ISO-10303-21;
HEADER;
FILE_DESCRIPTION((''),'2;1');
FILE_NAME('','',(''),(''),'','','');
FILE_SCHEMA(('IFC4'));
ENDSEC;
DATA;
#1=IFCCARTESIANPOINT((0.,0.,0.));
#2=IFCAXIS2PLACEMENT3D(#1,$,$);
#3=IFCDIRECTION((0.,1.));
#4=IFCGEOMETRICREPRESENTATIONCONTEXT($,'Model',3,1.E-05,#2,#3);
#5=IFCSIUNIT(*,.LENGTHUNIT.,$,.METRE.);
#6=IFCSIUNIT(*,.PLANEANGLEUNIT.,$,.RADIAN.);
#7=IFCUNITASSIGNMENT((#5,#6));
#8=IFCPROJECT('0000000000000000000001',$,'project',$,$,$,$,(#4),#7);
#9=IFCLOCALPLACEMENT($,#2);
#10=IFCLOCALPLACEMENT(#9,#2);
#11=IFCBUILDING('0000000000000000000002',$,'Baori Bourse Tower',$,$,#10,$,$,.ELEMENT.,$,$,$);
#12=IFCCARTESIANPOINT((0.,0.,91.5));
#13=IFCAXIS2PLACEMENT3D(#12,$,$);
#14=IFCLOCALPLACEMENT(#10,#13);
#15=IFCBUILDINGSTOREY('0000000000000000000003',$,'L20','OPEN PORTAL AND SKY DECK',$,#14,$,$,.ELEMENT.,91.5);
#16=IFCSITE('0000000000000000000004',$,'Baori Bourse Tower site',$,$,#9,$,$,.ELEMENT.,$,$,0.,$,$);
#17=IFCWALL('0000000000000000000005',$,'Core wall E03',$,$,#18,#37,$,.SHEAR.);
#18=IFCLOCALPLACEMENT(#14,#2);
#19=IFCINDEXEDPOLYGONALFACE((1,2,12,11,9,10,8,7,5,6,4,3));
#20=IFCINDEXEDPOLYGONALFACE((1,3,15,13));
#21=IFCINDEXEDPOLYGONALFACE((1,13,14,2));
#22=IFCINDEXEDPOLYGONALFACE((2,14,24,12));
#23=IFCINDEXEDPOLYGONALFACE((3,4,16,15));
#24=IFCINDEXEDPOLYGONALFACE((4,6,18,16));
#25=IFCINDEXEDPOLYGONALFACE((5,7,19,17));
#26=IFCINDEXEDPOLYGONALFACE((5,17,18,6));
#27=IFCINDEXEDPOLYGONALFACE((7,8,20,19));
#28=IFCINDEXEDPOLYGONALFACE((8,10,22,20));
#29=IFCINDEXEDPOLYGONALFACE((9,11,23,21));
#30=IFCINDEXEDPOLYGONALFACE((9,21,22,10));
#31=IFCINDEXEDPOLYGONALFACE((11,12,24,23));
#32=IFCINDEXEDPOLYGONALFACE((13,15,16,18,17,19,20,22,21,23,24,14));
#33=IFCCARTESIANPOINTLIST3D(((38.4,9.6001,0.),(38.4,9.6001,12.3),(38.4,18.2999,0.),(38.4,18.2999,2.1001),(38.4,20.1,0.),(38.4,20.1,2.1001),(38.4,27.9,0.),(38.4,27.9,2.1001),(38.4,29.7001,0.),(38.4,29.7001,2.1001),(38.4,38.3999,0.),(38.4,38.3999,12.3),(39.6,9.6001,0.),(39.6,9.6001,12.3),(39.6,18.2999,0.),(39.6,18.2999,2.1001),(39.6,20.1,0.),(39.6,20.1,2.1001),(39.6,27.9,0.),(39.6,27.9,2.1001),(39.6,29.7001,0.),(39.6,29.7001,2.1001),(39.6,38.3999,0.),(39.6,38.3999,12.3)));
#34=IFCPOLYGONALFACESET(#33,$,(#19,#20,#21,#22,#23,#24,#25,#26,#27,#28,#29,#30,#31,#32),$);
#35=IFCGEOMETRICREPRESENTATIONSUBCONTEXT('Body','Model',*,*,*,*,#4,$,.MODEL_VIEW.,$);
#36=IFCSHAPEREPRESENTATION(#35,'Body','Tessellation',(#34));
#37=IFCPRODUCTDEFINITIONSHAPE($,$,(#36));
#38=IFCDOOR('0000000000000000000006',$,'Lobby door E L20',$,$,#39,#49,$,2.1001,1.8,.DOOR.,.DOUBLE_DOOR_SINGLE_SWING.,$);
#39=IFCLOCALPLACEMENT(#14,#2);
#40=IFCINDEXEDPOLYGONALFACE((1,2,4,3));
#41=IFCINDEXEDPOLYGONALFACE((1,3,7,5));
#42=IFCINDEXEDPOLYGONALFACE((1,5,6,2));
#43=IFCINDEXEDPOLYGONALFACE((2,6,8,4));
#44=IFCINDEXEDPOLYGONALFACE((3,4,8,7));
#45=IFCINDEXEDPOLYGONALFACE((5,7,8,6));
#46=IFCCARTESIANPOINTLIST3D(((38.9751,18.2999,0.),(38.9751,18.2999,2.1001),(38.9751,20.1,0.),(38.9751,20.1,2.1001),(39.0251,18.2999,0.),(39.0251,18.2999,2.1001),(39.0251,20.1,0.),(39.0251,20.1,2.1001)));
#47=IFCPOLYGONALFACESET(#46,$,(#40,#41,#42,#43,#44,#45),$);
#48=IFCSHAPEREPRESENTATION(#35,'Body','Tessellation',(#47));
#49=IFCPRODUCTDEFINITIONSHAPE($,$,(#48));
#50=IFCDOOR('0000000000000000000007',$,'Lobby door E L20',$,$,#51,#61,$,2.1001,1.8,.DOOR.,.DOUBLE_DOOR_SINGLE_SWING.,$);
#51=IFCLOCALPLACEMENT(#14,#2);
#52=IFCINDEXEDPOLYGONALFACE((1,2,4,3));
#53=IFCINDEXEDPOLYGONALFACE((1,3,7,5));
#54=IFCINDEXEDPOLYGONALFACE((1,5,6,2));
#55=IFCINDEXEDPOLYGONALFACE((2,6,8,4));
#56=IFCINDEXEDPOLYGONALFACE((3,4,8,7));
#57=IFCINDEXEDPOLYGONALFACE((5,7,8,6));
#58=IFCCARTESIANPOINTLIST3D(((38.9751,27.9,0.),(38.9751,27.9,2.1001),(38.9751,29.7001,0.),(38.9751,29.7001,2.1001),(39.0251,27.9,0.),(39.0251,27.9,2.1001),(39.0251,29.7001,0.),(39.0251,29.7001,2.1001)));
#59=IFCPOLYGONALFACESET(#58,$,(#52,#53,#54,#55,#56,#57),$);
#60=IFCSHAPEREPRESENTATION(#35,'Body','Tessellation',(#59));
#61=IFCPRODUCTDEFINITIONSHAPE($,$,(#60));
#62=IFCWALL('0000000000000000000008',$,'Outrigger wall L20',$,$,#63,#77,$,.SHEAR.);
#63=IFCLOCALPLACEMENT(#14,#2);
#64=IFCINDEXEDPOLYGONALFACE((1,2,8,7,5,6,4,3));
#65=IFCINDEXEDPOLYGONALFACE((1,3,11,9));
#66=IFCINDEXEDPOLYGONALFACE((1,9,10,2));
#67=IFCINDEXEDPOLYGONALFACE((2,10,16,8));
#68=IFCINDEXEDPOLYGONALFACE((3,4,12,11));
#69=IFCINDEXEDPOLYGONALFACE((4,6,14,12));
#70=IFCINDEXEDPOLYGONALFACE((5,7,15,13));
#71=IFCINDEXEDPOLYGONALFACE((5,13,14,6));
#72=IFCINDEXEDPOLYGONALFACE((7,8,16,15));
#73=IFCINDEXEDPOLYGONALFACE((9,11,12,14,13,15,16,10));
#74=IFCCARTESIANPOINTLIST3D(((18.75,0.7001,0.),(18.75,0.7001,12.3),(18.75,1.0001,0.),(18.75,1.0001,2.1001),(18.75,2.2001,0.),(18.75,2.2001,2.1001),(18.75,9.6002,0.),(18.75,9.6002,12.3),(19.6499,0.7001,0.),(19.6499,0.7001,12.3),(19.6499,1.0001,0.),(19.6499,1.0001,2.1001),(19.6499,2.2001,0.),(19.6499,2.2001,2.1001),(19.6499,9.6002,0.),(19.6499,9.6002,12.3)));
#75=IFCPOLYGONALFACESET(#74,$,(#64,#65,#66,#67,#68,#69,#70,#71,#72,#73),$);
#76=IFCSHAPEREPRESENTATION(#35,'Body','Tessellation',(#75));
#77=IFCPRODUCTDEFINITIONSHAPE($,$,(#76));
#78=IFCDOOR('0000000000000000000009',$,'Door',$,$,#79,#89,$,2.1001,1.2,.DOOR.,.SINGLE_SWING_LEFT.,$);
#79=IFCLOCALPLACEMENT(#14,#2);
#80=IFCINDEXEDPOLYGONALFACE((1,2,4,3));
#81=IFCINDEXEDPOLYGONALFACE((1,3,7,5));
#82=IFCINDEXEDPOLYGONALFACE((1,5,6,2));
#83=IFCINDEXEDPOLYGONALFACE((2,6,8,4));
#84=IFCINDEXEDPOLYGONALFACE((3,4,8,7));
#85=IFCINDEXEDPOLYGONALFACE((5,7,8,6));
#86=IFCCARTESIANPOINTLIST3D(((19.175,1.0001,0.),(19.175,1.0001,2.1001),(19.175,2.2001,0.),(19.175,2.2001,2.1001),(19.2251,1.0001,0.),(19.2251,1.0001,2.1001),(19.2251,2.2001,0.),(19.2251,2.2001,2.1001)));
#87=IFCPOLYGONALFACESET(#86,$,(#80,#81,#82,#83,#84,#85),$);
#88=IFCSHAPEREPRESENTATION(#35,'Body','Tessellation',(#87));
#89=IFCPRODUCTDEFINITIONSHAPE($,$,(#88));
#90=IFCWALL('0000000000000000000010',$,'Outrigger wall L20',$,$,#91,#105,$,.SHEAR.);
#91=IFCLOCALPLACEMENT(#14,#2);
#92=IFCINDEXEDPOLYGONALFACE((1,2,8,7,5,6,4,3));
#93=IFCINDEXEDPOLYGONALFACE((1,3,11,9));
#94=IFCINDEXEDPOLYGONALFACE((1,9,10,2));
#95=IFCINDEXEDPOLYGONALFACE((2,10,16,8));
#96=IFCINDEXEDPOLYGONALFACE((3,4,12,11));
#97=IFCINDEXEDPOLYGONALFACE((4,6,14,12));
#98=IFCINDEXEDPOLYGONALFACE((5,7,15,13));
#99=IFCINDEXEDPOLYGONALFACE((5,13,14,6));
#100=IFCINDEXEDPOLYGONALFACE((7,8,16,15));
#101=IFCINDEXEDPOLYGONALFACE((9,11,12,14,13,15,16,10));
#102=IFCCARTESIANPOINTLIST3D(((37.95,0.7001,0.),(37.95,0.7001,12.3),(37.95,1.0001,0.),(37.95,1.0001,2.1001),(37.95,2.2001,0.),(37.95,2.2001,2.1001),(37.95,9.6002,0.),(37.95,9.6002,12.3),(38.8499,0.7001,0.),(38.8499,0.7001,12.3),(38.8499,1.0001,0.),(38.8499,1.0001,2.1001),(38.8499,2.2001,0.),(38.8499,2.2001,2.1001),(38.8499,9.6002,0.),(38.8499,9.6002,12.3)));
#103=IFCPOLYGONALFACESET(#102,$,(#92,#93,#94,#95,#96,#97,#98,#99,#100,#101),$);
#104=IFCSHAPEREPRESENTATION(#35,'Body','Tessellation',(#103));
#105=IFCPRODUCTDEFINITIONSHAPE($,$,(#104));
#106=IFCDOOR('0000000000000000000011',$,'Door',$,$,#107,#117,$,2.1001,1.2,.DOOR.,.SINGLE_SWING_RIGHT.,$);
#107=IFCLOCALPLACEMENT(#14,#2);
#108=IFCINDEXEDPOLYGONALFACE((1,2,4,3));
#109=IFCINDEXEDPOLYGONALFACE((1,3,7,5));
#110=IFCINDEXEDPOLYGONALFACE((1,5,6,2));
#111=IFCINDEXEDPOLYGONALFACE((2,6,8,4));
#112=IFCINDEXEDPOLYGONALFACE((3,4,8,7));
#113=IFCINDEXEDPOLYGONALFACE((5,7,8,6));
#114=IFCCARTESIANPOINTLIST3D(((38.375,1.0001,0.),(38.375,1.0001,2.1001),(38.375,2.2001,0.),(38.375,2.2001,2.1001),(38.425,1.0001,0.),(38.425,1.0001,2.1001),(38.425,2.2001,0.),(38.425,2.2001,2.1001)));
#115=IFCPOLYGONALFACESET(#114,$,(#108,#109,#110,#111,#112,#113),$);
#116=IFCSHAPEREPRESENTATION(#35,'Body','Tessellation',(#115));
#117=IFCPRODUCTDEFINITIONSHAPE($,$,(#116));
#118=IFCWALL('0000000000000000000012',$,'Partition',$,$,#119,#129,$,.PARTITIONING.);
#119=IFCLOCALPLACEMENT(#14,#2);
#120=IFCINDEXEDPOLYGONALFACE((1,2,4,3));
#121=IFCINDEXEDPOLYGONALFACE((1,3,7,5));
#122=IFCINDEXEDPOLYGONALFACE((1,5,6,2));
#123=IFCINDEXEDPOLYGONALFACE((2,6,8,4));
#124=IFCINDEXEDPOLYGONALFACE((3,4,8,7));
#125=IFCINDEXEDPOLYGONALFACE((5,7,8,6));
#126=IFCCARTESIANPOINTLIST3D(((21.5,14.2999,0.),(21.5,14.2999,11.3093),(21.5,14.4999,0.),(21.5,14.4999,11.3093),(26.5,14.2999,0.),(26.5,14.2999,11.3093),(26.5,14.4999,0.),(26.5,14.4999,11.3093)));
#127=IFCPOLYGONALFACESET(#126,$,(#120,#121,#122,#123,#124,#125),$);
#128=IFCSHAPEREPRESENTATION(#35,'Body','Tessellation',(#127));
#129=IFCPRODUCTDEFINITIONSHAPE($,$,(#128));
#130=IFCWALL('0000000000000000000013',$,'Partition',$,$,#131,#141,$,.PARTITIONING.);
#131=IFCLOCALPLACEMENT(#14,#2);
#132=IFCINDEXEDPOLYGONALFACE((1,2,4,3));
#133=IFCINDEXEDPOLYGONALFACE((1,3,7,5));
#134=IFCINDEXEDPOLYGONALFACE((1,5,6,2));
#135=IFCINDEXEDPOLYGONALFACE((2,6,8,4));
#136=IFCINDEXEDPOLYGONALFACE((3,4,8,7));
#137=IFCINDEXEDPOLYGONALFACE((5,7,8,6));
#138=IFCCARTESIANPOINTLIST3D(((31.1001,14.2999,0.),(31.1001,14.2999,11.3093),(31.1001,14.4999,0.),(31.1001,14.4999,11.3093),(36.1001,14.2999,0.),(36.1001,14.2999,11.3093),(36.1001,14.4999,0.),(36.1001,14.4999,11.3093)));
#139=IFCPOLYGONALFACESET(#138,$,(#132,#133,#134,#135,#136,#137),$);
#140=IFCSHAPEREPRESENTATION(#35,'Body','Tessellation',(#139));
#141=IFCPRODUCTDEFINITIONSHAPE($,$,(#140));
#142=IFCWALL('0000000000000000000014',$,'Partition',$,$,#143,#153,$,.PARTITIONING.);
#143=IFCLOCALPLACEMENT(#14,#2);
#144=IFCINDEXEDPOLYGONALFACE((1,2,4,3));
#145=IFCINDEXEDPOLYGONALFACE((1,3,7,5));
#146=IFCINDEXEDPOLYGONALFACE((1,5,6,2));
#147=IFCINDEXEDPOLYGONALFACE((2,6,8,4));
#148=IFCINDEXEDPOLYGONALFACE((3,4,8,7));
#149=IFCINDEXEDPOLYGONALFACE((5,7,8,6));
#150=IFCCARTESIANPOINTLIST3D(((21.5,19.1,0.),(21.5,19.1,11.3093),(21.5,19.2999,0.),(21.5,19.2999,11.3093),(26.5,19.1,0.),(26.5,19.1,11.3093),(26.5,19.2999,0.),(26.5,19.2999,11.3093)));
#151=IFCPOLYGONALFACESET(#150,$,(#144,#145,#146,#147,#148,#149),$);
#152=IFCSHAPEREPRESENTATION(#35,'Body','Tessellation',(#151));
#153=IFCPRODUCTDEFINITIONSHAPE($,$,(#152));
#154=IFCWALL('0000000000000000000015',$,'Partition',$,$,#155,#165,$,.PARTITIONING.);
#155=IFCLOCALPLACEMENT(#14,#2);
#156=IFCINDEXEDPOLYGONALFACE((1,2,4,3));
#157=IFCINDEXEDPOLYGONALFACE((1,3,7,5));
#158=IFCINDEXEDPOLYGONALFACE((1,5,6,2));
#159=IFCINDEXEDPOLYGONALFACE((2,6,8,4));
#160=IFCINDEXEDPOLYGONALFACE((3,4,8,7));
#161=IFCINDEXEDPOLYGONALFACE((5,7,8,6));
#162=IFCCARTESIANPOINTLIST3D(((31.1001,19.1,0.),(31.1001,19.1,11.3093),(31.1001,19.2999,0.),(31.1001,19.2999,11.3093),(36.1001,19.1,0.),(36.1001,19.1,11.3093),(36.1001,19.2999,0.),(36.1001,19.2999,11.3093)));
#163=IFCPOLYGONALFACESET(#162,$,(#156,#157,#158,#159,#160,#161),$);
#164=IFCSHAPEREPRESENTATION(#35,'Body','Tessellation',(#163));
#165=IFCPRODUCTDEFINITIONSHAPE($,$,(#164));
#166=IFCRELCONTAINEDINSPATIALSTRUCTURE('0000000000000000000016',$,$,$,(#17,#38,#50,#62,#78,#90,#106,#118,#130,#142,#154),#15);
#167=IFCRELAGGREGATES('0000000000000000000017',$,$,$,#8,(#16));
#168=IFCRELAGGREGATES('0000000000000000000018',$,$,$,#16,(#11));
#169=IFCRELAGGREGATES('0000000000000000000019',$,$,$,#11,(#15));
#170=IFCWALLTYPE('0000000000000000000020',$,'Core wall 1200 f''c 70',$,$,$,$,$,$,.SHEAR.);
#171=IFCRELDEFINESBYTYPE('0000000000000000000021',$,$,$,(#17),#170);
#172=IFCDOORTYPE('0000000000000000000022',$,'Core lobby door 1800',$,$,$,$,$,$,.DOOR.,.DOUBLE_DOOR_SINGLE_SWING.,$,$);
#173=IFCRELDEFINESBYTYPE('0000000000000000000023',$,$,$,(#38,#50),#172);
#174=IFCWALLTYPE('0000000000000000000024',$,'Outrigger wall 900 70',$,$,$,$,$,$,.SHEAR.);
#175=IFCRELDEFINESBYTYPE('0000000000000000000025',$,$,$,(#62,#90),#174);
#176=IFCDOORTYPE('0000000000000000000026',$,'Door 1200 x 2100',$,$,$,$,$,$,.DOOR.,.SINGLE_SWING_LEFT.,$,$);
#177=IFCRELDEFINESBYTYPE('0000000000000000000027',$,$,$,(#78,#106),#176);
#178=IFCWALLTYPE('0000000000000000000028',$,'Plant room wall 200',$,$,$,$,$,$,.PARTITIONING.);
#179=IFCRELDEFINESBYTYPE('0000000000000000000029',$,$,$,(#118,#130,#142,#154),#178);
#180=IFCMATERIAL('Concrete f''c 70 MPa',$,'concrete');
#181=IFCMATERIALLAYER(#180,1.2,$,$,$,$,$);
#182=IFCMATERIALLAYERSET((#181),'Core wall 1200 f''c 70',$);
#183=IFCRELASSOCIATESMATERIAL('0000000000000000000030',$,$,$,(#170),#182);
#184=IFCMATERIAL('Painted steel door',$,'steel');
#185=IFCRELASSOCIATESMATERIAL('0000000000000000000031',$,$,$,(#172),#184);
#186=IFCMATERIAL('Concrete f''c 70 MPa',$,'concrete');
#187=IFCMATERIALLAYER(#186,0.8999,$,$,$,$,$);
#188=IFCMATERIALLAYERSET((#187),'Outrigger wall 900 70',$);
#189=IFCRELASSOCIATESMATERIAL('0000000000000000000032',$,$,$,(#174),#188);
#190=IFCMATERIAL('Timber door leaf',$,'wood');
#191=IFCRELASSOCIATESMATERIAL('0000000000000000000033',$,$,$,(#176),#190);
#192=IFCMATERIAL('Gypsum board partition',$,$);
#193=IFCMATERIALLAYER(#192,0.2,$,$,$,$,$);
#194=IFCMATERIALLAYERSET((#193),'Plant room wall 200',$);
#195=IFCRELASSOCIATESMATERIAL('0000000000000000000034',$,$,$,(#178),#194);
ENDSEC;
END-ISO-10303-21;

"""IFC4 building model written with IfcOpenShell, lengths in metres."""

from ifc_helpers import new_model, si_unit, direction, frame, frame_2d, origin, place, context, subcontext, project, spatial, rectangle, extrude, material, layer, layer_set, type_object, element, fill, save


model = new_model("IFC4")

# Units and contexts
model_context = context("Model", 3, precision=1e-05, world=origin(), true_north=direction((0.0, 1.0)))
body_context = subcontext(model_context, "Body", "Model", "MODEL_VIEW")
ifc_project = project(units=[si_unit("LENGTHUNIT", "METRE"), si_unit("PLANEANGLEUNIT", "RADIAN")], contexts=[model_context])

# Site, building, storey
site_placement = place(None, origin())
site = spatial("IfcSite", under=ifc_project, at=site_placement, Name="Baori Bourse Tower site", CompositionType="ELEMENT", RefElevation=0.0)
building_placement = place(site_placement, origin())
building = spatial("IfcBuilding", under=site, at=building_placement, Name="Baori Bourse Tower", CompositionType="ELEMENT")
storey_placement = place(building_placement, frame((0.0, 0.0, 91.5)))
storey = spatial("IfcBuildingStorey", under=building, at=storey_placement, Name="L20", Description="OPEN PORTAL AND SKY DECK", CompositionType="ELEMENT", Elevation=91.5)

# Shared definitions
ifc_material_1 = material(Name="Concrete f'c 70 MPa", Category="concrete")
ifc_layer_1 = layer(ifc_material_1, 1.2)
ifc_layer_set_1 = layer_set([ifc_layer_1], Name="Core wall 1200 f'c 70")
wall_type_1 = type_object("IfcWallType", Name="Core wall 1200 f'c 70", PredefinedType="SHEAR", material=ifc_layer_set_1)

# Wall, openings, doors
wall_1_placement = place(storey_placement, frame((39.0, 9.6001, 0.0), z_axis=(0.0, 0.0, 1.0), x_axis=(0.0, 1.0, 0.0)))
wall_1 = element("IfcWall", 1, at=wall_1_placement, inside=storey, type_object=wall_type_1, Name="Core wall E03", PredefinedType="SHEAR", context=body_context, shape_type="SweptSolid", body=[
    extrude(rectangle(XDim=28.7998, YDim=1.2, at=frame_2d((14.3999, 0.0))), origin(), (0.0, 0.0, 1.0), 12.3),
])
opening_1_placement = place(wall_1_placement, frame((8.7, 0.0, 0.0)))
opening_1 = element("IfcOpeningElement", 2, at=opening_1_placement, cuts=wall_1, PredefinedType="OPENING", context=body_context, shape_type="SweptSolid", body=[
    extrude(rectangle(XDim=1.8, YDim=2.1001, at=frame_2d((0.8999, 1.05))), frame((0.0, 0.6099, 0.0), z_axis=(0.0, -1.0, 0.0), x_axis=(1.0, 0.0, 0.0)), (0.0, 0.0, 1.0), 1.22),
])
opening_2_placement = place(wall_1_placement, frame((18.3, 0.0, 0.0)))
opening_2 = element("IfcOpeningElement", 3, at=opening_2_placement, cuts=wall_1, PredefinedType="OPENING", context=body_context, shape_type="SweptSolid", body=[
    extrude(rectangle(XDim=1.8, YDim=2.1001, at=frame_2d((0.8999, 1.05))), frame((0.0, 0.6099, 0.0), z_axis=(0.0, -1.0, 0.0), x_axis=(1.0, 0.0, 0.0)), (0.0, 0.0, 1.0), 1.22),
])
ifc_material_2 = material(Name="Painted steel door", Category="steel")
door_type_1 = type_object("IfcDoorType", Name="Core lobby door 1800", OperationType="DOUBLE_DOOR_SINGLE_SWING", PredefinedType="DOOR", material=ifc_material_2)
door_1_placement = place(opening_1_placement, origin())
door_1 = element("IfcDoor", 4, at=door_1_placement, inside=storey, type_object=door_type_1, Name="Lobby door E L20", OperationType="DOUBLE_DOOR_SINGLE_SWING", OverallHeight=2.1001, OverallWidth=1.8, PredefinedType="DOOR", context=body_context, shape_type="SweptSolid", body=[
    extrude(rectangle(XDim=1.8, YDim=2.1001, at=frame_2d((0.8999, 1.05))), frame((0.0, 0.0249, 0.0), z_axis=(0.0, -1.0, 0.0), x_axis=(1.0, 0.0, 0.0)), (0.0, 0.0, 1.0), 0.05),
])
fill(opening_1, door_1)
door_2_placement = place(opening_2_placement, origin())
door_2 = element("IfcDoor", 5, at=door_2_placement, inside=storey, type_object=door_type_1, Name="Lobby door E L20", OperationType="DOUBLE_DOOR_SINGLE_SWING", OverallHeight=2.1001, OverallWidth=1.8, PredefinedType="DOOR", context=body_context, shape_type="SweptSolid", body=[
    extrude(rectangle(XDim=1.8, YDim=2.1001, at=frame_2d((0.8999, 1.05))), frame((0.0, 0.0249, 0.0), z_axis=(0.0, -1.0, 0.0), x_axis=(1.0, 0.0, 0.0)), (0.0, 0.0, 1.0), 0.05),
])
fill(opening_2, door_2)

# Walls, openings, doors
ifc_material_3 = material(Name="Concrete f'c 70 MPa", Category="concrete")
ifc_layer_2 = layer(ifc_material_3, 0.8999)
ifc_layer_set_2 = layer_set([ifc_layer_2], Name="Outrigger wall 900 70")
wall_type_2 = type_object("IfcWallType", Name="Outrigger wall 900 70", PredefinedType="SHEAR", material=ifc_layer_set_2)
wall_2_placement = place(storey_placement, frame((19.2, 0.7, 0.0), z_axis=(0.0, 0.0, 1.0), x_axis=(0.0, 1.0, 0.0)))
wall_2 = element("IfcWall", 6, at=wall_2_placement, inside=storey, type_object=wall_type_2, Name="Outrigger wall L20", PredefinedType="SHEAR", context=body_context, shape_type="SweptSolid", body=[
    extrude(rectangle(XDim=8.9001, YDim=0.8999, at=frame_2d((4.4502, 0.0))), origin(), (0.0, 0.0, 1.0), 12.3),
])
opening_3_placement = place(wall_2_placement, frame((0.3, 0.0, 0.0)))
opening_3 = element("IfcOpeningElement", 7, at=opening_3_placement, cuts=wall_2, PredefinedType="OPENING", context=body_context, shape_type="SweptSolid", body=[
    extrude(rectangle(XDim=1.2, YDim=2.1001, at=frame_2d((0.6001, 1.05))), frame((0.0, 0.46, 0.0), z_axis=(0.0, -1.0, 0.0), x_axis=(1.0, 0.0, 0.0)), (0.0, 0.0, 1.0), 0.9199),
])
ifc_material_4 = material(Name="Timber door leaf", Category="wood")
door_type_2 = type_object("IfcDoorType", Name="Door 1200 x 2100", OperationType="SINGLE_SWING_LEFT", PredefinedType="DOOR", material=ifc_material_4)
door_3_placement = place(opening_3_placement, origin())
door_3 = element("IfcDoor", 8, at=door_3_placement, inside=storey, type_object=door_type_2, Name="Door", OperationType="SINGLE_SWING_LEFT", OverallHeight=2.1001, OverallWidth=1.2, PredefinedType="DOOR", context=body_context, shape_type="SweptSolid", body=[
    extrude(rectangle(XDim=1.2, YDim=2.1001, at=frame_2d((0.6001, 1.05))), frame((0.0, 0.0249, 0.0), z_axis=(0.0, -1.0, 0.0), x_axis=(1.0, 0.0, 0.0)), (0.0, 0.0, 1.0), 0.05),
])
fill(opening_3, door_3)
wall_3_placement = place(storey_placement, frame((38.3999, 0.7, 0.0), z_axis=(0.0, 0.0, 1.0), x_axis=(0.0, 1.0, 0.0)))
wall_3 = element("IfcWall", 9, at=wall_3_placement, inside=storey, type_object=wall_type_2, Name="Outrigger wall L20", PredefinedType="SHEAR", context=body_context, shape_type="SweptSolid", body=[
    extrude(rectangle(XDim=8.9001, YDim=0.8999, at=frame_2d((4.4502, 0.0))), origin(), (0.0, 0.0, 1.0), 12.3),
])
opening_4_placement = place(wall_3_placement, frame((0.3, 0.0, 0.0)))
opening_4 = element("IfcOpeningElement", 10, at=opening_4_placement, cuts=wall_3, PredefinedType="OPENING", context=body_context, shape_type="SweptSolid", body=[
    extrude(rectangle(XDim=1.2, YDim=2.1001, at=frame_2d((0.6001, 1.05))), frame((0.0, 0.46, 0.0), z_axis=(0.0, -1.0, 0.0), x_axis=(1.0, 0.0, 0.0)), (0.0, 0.0, 1.0), 0.9199),
])
door_4_placement = place(opening_4_placement, origin())
door_4 = element("IfcDoor", 11, at=door_4_placement, inside=storey, type_object=door_type_2, Name="Door", OperationType="SINGLE_SWING_RIGHT", OverallHeight=2.1001, OverallWidth=1.2, PredefinedType="DOOR", context=body_context, shape_type="SweptSolid", body=[
    extrude(rectangle(XDim=1.2, YDim=2.1001, at=frame_2d((0.6001, 1.05))), frame((0.0, 0.0249, 0.0), z_axis=(0.0, -1.0, 0.0), x_axis=(1.0, 0.0, 0.0)), (0.0, 0.0, 1.0), 0.05),
])
fill(opening_4, door_4)

# Walls
ifc_material_5 = material(Name="Gypsum board partition")
ifc_layer_3 = layer(ifc_material_5, 0.2)
ifc_layer_set_3 = layer_set([ifc_layer_3], Name="Plant room wall 200")
wall_type_3 = type_object("IfcWallType", Name="Plant room wall 200", PredefinedType="PARTITIONING", material=ifc_layer_set_3)
for number, where, z_axis, x_axis, name in (
    (12, (21.5, 14.3999, 0.0), (0.0, 0.0, 1.0), (1.0, 0.0, 0.0), "Partition"),
    (13, (31.1001, 14.3999, 0.0), (0.0, 0.0, 1.0), (1.0, 0.0, 0.0), "Partition"),
    (14, (21.5, 19.2, 0.0), (0.0, 0.0, 1.0), (1.0, 0.0, 0.0), "Partition"),
    (15, (31.1001, 19.2, 0.0), (0.0, 0.0, 1.0), (1.0, 0.0, 0.0), "Partition"),
):
    element("IfcWall", number, at=place(storey_placement, frame(where, z_axis=z_axis, x_axis=x_axis)), inside=storey, type_object=wall_type_3, Name=name, PredefinedType="PARTITIONING", context=body_context, shape_type="SweptSolid", body=[
        extrude(rectangle(XDim=5.0, YDim=0.2, at=frame_2d((2.5, 0.0))), origin(), (0.0, 0.0, 1.0), 11.3093),
    ])

save(model, "model.ifc")
